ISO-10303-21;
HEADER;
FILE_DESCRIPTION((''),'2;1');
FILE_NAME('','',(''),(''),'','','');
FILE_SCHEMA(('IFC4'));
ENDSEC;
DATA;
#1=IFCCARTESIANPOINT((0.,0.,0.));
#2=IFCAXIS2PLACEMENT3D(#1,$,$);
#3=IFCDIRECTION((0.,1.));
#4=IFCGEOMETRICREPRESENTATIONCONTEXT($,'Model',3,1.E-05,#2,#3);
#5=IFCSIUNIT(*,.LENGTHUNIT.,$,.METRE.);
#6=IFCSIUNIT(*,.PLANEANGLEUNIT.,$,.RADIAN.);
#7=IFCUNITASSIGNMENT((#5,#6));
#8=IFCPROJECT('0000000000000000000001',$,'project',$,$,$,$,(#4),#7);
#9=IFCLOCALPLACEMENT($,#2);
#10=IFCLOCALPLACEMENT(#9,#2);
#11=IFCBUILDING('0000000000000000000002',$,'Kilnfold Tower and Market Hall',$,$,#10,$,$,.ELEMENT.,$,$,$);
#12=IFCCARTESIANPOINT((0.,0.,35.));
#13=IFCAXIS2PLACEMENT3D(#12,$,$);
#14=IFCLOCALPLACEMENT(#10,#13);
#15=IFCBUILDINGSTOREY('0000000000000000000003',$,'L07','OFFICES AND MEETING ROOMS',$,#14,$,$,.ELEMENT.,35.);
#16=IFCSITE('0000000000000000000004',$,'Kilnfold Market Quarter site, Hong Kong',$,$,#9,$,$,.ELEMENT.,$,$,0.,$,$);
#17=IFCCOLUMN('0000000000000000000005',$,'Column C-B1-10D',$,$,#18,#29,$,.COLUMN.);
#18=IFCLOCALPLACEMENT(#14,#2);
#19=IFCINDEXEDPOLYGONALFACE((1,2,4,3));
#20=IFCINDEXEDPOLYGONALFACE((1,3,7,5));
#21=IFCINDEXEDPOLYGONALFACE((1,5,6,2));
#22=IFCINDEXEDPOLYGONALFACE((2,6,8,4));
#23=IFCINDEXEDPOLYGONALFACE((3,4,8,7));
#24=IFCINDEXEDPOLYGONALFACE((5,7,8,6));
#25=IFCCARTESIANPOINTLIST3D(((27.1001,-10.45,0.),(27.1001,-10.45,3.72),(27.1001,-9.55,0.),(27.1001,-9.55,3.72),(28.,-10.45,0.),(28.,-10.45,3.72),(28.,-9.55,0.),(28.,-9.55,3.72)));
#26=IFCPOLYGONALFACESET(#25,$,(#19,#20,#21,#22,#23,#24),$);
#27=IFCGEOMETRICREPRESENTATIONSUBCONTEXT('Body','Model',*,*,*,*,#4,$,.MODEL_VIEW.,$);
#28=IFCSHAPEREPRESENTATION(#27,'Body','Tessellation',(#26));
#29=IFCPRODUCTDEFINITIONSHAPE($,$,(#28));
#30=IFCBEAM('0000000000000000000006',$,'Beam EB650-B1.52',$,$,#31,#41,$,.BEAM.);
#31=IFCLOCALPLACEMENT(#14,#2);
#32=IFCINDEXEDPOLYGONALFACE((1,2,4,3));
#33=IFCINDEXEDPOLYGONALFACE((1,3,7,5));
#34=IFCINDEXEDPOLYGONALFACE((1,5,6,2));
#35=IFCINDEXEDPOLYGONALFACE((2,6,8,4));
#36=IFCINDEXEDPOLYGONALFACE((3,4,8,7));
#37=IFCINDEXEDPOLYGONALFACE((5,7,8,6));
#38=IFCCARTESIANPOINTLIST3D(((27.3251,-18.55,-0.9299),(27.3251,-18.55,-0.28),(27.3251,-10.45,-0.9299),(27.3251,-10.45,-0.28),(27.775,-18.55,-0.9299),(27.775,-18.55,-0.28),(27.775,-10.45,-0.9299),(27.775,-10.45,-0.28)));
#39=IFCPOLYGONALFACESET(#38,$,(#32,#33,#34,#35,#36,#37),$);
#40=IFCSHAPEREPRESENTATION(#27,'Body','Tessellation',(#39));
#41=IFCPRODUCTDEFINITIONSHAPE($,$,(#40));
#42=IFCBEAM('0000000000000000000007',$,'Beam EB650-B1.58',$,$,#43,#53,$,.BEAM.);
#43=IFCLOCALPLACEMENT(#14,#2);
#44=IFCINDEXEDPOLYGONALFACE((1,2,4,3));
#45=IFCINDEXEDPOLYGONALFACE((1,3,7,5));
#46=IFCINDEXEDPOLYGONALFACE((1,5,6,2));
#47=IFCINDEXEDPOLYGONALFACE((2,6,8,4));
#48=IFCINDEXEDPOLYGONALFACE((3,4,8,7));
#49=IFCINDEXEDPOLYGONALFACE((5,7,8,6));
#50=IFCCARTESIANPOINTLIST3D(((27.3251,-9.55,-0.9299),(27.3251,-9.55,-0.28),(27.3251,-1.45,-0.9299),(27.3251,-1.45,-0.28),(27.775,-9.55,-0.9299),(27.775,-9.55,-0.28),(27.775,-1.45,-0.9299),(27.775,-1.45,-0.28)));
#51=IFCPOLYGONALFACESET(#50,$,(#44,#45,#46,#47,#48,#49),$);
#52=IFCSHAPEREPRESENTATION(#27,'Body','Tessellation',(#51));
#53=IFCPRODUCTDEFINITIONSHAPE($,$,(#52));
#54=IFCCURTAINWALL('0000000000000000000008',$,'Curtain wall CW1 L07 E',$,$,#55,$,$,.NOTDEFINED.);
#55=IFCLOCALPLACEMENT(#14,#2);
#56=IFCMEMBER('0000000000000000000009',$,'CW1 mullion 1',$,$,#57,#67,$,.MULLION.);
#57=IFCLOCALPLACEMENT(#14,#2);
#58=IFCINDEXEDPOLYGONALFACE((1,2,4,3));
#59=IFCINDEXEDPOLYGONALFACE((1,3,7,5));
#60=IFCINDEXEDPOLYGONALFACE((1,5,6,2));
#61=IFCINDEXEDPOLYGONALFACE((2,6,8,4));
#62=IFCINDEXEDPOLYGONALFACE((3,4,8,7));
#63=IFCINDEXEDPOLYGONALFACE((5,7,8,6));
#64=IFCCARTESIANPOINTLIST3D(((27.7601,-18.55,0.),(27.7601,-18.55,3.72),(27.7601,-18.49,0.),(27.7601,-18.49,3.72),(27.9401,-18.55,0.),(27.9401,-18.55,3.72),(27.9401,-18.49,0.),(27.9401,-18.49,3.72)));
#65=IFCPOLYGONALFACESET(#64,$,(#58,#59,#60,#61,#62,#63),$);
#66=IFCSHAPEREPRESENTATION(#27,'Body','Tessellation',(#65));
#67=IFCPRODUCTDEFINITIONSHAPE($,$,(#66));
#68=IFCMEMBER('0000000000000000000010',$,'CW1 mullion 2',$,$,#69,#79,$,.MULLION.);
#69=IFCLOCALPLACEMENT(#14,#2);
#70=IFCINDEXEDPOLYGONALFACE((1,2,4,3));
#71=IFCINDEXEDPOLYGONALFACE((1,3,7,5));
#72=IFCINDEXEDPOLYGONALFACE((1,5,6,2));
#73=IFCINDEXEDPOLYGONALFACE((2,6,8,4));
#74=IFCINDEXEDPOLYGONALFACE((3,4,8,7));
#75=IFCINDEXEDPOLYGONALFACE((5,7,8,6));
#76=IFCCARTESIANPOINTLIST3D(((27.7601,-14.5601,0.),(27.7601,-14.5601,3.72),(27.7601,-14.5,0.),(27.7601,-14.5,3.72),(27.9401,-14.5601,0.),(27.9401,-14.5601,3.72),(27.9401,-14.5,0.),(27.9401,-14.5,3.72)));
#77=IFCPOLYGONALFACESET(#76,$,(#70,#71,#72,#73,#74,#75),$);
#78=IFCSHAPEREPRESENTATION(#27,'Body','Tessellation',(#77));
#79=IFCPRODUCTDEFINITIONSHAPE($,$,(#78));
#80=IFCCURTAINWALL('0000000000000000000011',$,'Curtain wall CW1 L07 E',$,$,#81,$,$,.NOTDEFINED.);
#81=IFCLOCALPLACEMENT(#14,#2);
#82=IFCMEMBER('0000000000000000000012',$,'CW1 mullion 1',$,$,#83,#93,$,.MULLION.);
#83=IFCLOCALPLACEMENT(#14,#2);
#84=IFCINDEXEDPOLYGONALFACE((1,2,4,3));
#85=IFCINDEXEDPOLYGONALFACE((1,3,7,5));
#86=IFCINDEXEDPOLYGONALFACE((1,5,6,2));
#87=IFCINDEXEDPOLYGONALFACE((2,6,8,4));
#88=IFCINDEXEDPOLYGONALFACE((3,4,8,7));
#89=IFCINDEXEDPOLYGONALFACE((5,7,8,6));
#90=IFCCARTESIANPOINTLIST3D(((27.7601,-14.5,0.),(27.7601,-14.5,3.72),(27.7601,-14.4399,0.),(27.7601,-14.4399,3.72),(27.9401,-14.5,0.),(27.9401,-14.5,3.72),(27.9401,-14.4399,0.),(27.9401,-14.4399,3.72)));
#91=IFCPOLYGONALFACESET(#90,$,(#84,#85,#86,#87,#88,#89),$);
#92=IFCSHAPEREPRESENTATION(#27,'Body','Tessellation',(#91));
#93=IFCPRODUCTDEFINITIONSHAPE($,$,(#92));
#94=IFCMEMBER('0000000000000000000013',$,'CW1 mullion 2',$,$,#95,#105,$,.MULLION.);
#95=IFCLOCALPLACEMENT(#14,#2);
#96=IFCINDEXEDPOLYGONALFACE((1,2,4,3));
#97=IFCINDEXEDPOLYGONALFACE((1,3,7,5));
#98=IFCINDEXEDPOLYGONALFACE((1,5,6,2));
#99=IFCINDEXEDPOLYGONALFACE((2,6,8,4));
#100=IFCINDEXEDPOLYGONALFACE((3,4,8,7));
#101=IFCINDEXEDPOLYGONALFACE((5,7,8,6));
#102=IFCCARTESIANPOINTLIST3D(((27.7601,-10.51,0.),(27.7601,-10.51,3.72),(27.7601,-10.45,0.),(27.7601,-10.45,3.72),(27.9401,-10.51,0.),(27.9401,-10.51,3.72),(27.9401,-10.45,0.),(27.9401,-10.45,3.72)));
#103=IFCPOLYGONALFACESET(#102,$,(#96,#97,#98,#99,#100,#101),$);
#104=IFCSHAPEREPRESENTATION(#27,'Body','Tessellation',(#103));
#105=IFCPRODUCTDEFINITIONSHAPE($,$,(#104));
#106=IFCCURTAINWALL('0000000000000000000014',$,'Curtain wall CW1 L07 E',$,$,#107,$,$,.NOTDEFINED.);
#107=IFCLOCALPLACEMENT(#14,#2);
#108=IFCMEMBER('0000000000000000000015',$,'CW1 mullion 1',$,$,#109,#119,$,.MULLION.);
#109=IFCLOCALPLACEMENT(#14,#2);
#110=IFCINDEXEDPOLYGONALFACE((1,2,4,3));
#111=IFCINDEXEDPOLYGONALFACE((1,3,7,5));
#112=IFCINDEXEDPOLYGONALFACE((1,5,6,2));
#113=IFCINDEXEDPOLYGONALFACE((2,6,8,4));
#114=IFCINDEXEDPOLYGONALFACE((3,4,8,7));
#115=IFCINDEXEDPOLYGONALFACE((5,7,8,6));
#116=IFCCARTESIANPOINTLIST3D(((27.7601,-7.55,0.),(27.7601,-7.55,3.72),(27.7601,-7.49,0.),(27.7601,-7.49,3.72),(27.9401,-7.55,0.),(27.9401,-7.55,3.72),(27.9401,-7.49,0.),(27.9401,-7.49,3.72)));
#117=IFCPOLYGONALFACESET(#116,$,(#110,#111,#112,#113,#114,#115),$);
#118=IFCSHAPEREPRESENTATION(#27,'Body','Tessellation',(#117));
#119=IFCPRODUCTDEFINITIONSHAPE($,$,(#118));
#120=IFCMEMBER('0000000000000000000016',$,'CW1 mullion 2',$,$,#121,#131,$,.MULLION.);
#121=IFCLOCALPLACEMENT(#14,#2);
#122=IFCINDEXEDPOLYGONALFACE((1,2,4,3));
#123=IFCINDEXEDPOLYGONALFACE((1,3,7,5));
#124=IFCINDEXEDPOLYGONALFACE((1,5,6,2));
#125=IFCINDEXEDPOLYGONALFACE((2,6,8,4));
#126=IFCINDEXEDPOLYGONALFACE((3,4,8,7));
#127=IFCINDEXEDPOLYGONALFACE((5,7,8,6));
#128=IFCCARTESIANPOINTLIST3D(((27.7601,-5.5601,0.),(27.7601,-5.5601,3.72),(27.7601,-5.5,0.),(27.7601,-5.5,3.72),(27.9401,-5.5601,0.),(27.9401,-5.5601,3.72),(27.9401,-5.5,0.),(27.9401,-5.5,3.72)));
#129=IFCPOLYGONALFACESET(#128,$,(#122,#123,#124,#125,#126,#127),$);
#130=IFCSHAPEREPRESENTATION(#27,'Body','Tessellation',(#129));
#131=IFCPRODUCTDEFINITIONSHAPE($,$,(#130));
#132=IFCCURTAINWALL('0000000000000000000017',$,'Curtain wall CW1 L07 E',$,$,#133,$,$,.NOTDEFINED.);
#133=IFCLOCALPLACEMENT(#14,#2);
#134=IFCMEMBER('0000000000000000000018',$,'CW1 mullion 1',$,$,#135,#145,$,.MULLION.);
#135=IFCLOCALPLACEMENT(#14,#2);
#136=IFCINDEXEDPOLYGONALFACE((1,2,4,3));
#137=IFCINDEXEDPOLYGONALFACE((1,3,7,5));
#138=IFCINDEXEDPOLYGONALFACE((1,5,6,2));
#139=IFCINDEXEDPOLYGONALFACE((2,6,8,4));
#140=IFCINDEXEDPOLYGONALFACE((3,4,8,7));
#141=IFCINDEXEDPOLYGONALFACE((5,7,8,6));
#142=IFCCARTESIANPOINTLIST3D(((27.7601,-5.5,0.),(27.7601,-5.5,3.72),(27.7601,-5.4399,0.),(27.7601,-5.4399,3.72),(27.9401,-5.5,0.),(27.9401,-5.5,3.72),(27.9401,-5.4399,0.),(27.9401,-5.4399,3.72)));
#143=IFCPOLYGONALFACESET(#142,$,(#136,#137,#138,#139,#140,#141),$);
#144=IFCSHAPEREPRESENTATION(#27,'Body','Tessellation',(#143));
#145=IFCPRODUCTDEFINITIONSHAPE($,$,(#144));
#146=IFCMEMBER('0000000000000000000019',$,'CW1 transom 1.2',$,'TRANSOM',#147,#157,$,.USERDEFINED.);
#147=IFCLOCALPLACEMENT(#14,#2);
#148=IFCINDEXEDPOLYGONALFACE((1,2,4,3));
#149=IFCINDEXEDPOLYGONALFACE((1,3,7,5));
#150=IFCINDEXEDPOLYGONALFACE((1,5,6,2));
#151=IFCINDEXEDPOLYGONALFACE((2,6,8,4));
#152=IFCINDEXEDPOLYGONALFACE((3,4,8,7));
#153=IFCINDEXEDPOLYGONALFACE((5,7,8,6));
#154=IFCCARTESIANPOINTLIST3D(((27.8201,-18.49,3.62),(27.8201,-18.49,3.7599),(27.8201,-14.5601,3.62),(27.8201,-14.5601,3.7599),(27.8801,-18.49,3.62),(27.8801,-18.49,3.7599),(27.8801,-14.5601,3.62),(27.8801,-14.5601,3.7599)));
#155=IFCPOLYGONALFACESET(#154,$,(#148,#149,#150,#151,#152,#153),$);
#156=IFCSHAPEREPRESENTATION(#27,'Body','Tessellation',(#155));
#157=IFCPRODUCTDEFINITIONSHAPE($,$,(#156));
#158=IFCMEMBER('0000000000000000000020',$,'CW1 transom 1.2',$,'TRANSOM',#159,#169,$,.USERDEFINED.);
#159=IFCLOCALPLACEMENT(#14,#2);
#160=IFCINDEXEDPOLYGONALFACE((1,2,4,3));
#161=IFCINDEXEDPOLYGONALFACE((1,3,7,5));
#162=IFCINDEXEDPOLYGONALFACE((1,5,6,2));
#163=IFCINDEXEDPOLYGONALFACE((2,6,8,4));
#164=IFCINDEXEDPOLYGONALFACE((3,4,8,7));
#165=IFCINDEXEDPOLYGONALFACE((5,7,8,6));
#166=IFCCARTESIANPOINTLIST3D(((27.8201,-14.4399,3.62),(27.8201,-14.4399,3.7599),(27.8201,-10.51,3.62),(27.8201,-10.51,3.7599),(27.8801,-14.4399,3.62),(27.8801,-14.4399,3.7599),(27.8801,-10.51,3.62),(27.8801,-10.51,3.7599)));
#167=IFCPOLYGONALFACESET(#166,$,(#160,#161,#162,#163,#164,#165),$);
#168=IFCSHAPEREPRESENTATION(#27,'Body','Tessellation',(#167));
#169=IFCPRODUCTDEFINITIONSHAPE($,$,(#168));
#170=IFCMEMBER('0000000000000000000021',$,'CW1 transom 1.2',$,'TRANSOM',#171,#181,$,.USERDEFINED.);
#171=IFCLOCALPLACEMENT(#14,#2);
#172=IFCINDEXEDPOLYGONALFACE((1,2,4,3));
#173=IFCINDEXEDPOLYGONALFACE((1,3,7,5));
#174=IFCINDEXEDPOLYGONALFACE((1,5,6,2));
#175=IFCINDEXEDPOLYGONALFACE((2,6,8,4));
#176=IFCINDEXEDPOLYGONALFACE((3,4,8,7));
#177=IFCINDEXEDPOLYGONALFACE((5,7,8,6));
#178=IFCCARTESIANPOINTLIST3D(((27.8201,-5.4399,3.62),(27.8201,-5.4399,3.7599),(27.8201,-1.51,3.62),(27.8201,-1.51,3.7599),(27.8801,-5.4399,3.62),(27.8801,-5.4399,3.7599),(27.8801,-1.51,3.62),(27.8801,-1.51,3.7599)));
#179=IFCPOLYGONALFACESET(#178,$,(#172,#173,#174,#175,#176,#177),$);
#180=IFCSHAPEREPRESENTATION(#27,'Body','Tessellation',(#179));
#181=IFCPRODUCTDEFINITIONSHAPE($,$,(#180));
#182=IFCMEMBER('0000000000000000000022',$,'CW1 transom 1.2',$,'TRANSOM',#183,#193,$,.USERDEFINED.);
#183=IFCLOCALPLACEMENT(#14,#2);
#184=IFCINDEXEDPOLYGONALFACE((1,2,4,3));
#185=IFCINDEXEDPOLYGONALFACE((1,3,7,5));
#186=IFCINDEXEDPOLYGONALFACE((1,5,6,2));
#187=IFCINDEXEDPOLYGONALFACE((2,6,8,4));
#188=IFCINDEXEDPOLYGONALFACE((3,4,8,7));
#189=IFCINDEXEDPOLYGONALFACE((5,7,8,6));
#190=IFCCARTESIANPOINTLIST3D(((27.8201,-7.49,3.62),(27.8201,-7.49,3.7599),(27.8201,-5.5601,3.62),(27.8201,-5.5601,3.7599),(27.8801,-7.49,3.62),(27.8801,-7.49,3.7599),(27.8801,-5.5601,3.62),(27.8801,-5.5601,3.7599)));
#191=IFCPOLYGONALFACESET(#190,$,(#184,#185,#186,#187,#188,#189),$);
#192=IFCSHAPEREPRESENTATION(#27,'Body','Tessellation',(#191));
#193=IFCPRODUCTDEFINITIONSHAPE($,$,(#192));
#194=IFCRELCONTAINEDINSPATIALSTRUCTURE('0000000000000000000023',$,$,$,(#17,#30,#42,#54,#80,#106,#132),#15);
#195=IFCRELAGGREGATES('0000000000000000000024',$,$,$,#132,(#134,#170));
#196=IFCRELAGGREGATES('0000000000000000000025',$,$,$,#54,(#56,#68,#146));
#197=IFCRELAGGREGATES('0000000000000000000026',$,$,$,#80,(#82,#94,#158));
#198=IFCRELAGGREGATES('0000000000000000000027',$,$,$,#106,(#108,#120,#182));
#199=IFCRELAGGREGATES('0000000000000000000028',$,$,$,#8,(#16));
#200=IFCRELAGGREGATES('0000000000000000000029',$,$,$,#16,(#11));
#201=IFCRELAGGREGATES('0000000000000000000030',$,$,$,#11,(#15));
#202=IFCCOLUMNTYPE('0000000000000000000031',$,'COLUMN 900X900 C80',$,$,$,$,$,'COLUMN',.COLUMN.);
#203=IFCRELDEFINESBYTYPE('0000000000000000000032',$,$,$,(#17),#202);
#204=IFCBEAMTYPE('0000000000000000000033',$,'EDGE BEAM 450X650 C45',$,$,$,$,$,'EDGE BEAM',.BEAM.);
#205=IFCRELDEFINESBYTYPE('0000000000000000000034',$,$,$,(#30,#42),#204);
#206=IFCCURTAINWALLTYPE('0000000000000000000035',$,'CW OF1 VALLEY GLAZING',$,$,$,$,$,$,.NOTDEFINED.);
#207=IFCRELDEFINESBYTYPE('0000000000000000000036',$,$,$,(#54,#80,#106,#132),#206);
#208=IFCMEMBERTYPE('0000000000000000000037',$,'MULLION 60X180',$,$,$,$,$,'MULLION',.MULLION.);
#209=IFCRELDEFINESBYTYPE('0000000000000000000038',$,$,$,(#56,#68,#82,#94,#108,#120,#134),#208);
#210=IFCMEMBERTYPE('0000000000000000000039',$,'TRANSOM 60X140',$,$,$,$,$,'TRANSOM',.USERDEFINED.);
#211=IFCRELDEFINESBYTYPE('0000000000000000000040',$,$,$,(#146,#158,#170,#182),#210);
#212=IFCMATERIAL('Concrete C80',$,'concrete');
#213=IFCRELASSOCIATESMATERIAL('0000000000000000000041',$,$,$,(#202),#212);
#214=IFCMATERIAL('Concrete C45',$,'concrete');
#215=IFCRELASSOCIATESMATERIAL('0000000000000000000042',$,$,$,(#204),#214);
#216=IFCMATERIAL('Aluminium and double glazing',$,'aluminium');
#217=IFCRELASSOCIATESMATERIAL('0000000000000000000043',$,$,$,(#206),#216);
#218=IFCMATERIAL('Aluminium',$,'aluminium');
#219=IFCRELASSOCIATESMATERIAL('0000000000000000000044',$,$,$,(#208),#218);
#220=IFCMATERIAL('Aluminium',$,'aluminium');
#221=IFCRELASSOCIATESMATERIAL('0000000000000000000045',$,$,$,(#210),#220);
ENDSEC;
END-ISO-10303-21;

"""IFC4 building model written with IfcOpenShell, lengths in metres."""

from ifc_helpers import new_model, si_unit, direction, frame, origin, origin_2d, place, context, subcontext, project, spatial, rectangle, extrude, source, transform, mapped, material, material_profile, profile_set, type_object, element, aggregate, save


model = new_model("IFC4")

# Units and contexts
model_context = context("Model", 3, precision=1e-05, world=origin(), true_north=direction((0.0, 1.0)))
body_context = subcontext(model_context, "Body", "Model", "MODEL_VIEW")
ifc_project = project(units=[si_unit("LENGTHUNIT", "METRE"), si_unit("PLANEANGLEUNIT", "RADIAN")], contexts=[model_context])

# Site, building, storey
site_placement = place(None, origin())
site = spatial("IfcSite", under=ifc_project, at=site_placement, Name="Kilnfold Market Quarter site, Hong Kong", CompositionType="ELEMENT", RefElevation=0.0)
building_placement = place(site_placement, origin())
building = spatial("IfcBuilding", under=site, at=building_placement, Name="Kilnfold Tower and Market Hall", CompositionType="ELEMENT")
storey_placement = place(building_placement, frame((0.0, 0.0, 35.0)))
storey = spatial("IfcBuildingStorey", under=building, at=storey_placement, Name="L07", Description="OFFICES AND MEETING ROOMS", CompositionType="ELEMENT", Elevation=35.0)

# Column
ifc_material_1 = material(Name="Concrete C80", Category="concrete")
ifc_material_profile_1 = material_profile(ifc_material_1, rectangle(XDim=0.8999, YDim=0.8999, at=origin_2d()), Name="RC 900x900")
ifc_profile_set_1 = profile_set([ifc_material_profile_1], Name="Concrete C80")
column_type = type_object("IfcColumnType", Name="COLUMN 900X900 C80", ElementType="COLUMN", PredefinedType="COLUMN", material=ifc_profile_set_1)
shared_shape_1 = source(origin(), body_context, "Body", "SweptSolid", [
    extrude(rectangle(XDim=0.8999, YDim=0.8999, at=origin_2d()), origin(), (0.0, 0.0, 1.0), 3.72),
])
column_placement = place(storey_placement, frame((27.55, -10.0, 0.0), z_axis=(0.0, 0.0, 1.0), x_axis=(1.0, 0.0, 0.0)))
element("IfcColumn", 1, at=column_placement, inside=storey, type_object=column_type, Name="Column C-B1-10D", PredefinedType="COLUMN", context=body_context, shape_type="MappedRepresentation", body=[
    mapped(shared_shape_1, transform((0.0, 0.0, 0.0))),
])

# Beams
ifc_material_2 = material(Name="Concrete C45", Category="concrete")
ifc_material_profile_2 = material_profile(ifc_material_2, rectangle(XDim=0.45, YDim=0.6499, at=origin_2d()), Name="RC 450x650")
ifc_profile_set_2 = profile_set([ifc_material_profile_2], Name="Concrete C45")
beam_type = type_object("IfcBeamType", Name="EDGE BEAM 450X650 C45", ElementType="EDGE BEAM", PredefinedType="BEAM", material=ifc_profile_set_2)
shared_shape_2 = source(origin(), body_context, "Body", "SweptSolid", [
    extrude(rectangle(XDim=0.45, YDim=0.6499, at=origin_2d()), origin(), (0.0, 0.0, 1.0), 8.1001),
])
for number, where, z_axis, x_axis, name in (
    (2, (27.55, -18.55, -0.605), (0.0, 1.0, 0.0), (-1.0, 0.0, 0.0), "Beam EB650-B1.52"),
    (3, (27.55, -9.55, -0.605), (0.0, 1.0, 0.0), (-1.0, 0.0, 0.0), "Beam EB650-B1.58"),
):
    element("IfcBeam", number, at=place(storey_placement, frame(where, z_axis=z_axis, x_axis=x_axis)), inside=storey, type_object=beam_type, Name=name, PredefinedType="BEAM", context=body_context, shape_type="MappedRepresentation", body=[
        mapped(shared_shape_2, transform((0.0, 0.0, 0.0))),
    ])

# Curtain walls, members
ifc_material_3 = material(Name="Aluminium and double glazing", Category="aluminium")
curtain_wall_type = type_object("IfcCurtainWallType", Name="CW OF1 VALLEY GLAZING", PredefinedType="NOTDEFINED", material=ifc_material_3)
curtain_wall_1_placement = place(storey_placement, origin())
curtain_wall_1 = element("IfcCurtainWall", 4, at=curtain_wall_1_placement, inside=storey, type_object=curtain_wall_type, Name="Curtain wall CW1 L07 E", PredefinedType="NOTDEFINED")
ifc_material_4 = material(Name="Aluminium", Category="aluminium")
ifc_material_profile_3 = material_profile(ifc_material_4, rectangle(XDim=0.0601, YDim=0.1799, at=origin_2d()), Name="MULLION 60x180")
ifc_profile_set_3 = profile_set([ifc_material_profile_3], Name="Aluminium")
member_type_1 = type_object("IfcMemberType", Name="MULLION 60X180", ElementType="MULLION", PredefinedType="MULLION", material=ifc_profile_set_3)
shared_shape_3 = source(origin(), body_context, "Body", "SweptSolid", [
    extrude(rectangle(XDim=0.0601, YDim=0.1799, at=origin_2d()), origin(), (0.0, 0.0, 1.0), 3.72),
])
member_1_placement = place(storey_placement, frame((27.8501, -18.52, 0.0), z_axis=(0.0, 0.0, 1.0), x_axis=(0.0, 1.0, 0.0)))
member_1 = element("IfcMember", 5, at=member_1_placement, type_object=member_type_1, Name="CW1 mullion 1", PredefinedType="MULLION", context=body_context, shape_type="MappedRepresentation", body=[
    mapped(shared_shape_3, transform((0.0, 0.0, 0.0))),
])
member_2_placement = place(storey_placement, frame((27.8501, -14.53, 0.0), z_axis=(0.0, 0.0, 1.0), x_axis=(0.0, 1.0, 0.0)))
member_2 = element("IfcMember", 6, at=member_2_placement, type_object=member_type_1, Name="CW1 mullion 2", PredefinedType="MULLION", context=body_context, shape_type="MappedRepresentation", body=[
    mapped(shared_shape_3, transform((0.0, 0.0, 0.0))),
])
curtain_wall_2_placement = place(storey_placement, origin())
curtain_wall_2 = element("IfcCurtainWall", 7, at=curtain_wall_2_placement, inside=storey, type_object=curtain_wall_type, Name="Curtain wall CW1 L07 E", PredefinedType="NOTDEFINED")
member_3_placement = place(storey_placement, frame((27.8501, -14.47, 0.0), z_axis=(0.0, 0.0, 1.0), x_axis=(0.0, 1.0, 0.0)))
member_3 = element("IfcMember", 8, at=member_3_placement, type_object=member_type_1, Name="CW1 mullion 1", PredefinedType="MULLION", context=body_context, shape_type="MappedRepresentation", body=[
    mapped(shared_shape_3, transform((0.0, 0.0, 0.0))),
])
member_4_placement = place(storey_placement, frame((27.8501, -10.48, 0.0), z_axis=(0.0, 0.0, 1.0), x_axis=(0.0, 1.0, 0.0)))
member_4 = element("IfcMember", 9, at=member_4_placement, type_object=member_type_1, Name="CW1 mullion 2", PredefinedType="MULLION", context=body_context, shape_type="MappedRepresentation", body=[
    mapped(shared_shape_3, transform((0.0, 0.0, 0.0))),
])
curtain_wall_3_placement = place(storey_placement, origin())
curtain_wall_3 = element("IfcCurtainWall", 10, at=curtain_wall_3_placement, inside=storey, type_object=curtain_wall_type, Name="Curtain wall CW1 L07 E", PredefinedType="NOTDEFINED")
member_5_placement = place(storey_placement, frame((27.8501, -7.52, 0.0), z_axis=(0.0, 0.0, 1.0), x_axis=(0.0, 1.0, 0.0)))
member_5 = element("IfcMember", 11, at=member_5_placement, type_object=member_type_1, Name="CW1 mullion 1", PredefinedType="MULLION", context=body_context, shape_type="MappedRepresentation", body=[
    mapped(shared_shape_3, transform((0.0, 0.0, 0.0))),
])
member_6_placement = place(storey_placement, frame((27.8501, -5.53, 0.0), z_axis=(0.0, 0.0, 1.0), x_axis=(0.0, 1.0, 0.0)))
member_6 = element("IfcMember", 12, at=member_6_placement, type_object=member_type_1, Name="CW1 mullion 2", PredefinedType="MULLION", context=body_context, shape_type="MappedRepresentation", body=[
    mapped(shared_shape_3, transform((0.0, 0.0, 0.0))),
])

# Curtain wall, member
curtain_wall_4_placement = place(storey_placement, origin())
curtain_wall_4 = element("IfcCurtainWall", 13, at=curtain_wall_4_placement, inside=storey, type_object=curtain_wall_type, Name="Curtain wall CW1 L07 E", PredefinedType="NOTDEFINED")
member_7_placement = place(storey_placement, frame((27.8501, -5.47, 0.0), z_axis=(0.0, 0.0, 1.0), x_axis=(0.0, 1.0, 0.0)))
member_7 = element("IfcMember", 14, at=member_7_placement, type_object=member_type_1, Name="CW1 mullion 1", PredefinedType="MULLION", context=body_context, shape_type="MappedRepresentation", body=[
    mapped(shared_shape_3, transform((0.0, 0.0, 0.0))),
])

# Members
ifc_material_5 = material(Name="Aluminium", Category="aluminium")
ifc_material_profile_4 = material_profile(ifc_material_5, rectangle(XDim=0.0601, YDim=0.1399, at=origin_2d()), Name="TRANSOM 60x140")
ifc_profile_set_4 = profile_set([ifc_material_profile_4], Name="Aluminium")
member_type_2 = type_object("IfcMemberType", Name="TRANSOM 60X140", ElementType="TRANSOM", PredefinedType="USERDEFINED", material=ifc_profile_set_4)
shared_shape_4 = source(origin(), body_context, "Body", "SweptSolid", [
    extrude(rectangle(XDim=0.0601, YDim=0.1399, at=origin_2d()), origin(), (0.0, 0.0, 1.0), 3.9299),
])
member_8_placement = place(storey_placement, frame((27.8501, -18.49, 3.6899), z_axis=(0.0, 1.0, 0.0), x_axis=(-1.0, 0.0, 0.0)))
member_8 = element("IfcMember", 15, at=member_8_placement, type_object=member_type_2, Name="CW1 transom 1.2", ObjectType="TRANSOM", PredefinedType="USERDEFINED", context=body_context, shape_type="MappedRepresentation", body=[
    mapped(shared_shape_4, transform((0.0, 0.0, 0.0))),
])
member_9_placement = place(storey_placement, frame((27.8501, -14.4399, 3.6899), z_axis=(0.0, 1.0, 0.0), x_axis=(-1.0, 0.0, 0.0)))
member_9 = element("IfcMember", 16, at=member_9_placement, type_object=member_type_2, Name="CW1 transom 1.2", ObjectType="TRANSOM", PredefinedType="USERDEFINED", context=body_context, shape_type="MappedRepresentation", body=[
    mapped(shared_shape_4, transform((0.0, 0.0, 0.0))),
])
member_10_placement = place(storey_placement, frame((27.8501, -5.4399, 3.6899), z_axis=(0.0, 1.0, 0.0), x_axis=(-1.0, 0.0, 0.0)))
member_10 = element("IfcMember", 17, at=member_10_placement, type_object=member_type_2, Name="CW1 transom 1.2", ObjectType="TRANSOM", PredefinedType="USERDEFINED", context=body_context, shape_type="MappedRepresentation", body=[
    mapped(shared_shape_4, transform((0.0, 0.0, 0.0))),
])
aggregate(curtain_wall_4, [member_7, member_10])
shared_shape_5 = source(origin(), body_context, "Body", "SweptSolid", [
    extrude(rectangle(XDim=0.0601, YDim=0.1399, at=origin_2d()), origin(), (0.0, 0.0, 1.0), 1.9299),
])
member_11_placement = place(storey_placement, frame((27.8501, -7.49, 3.6899), z_axis=(0.0, 1.0, 0.0), x_axis=(-1.0, 0.0, 0.0)))
member_11 = element("IfcMember", 18, at=member_11_placement, type_object=member_type_2, Name="CW1 transom 1.2", ObjectType="TRANSOM", PredefinedType="USERDEFINED", context=body_context, shape_type="MappedRepresentation", body=[
    mapped(shared_shape_5, transform((0.0, 0.0, 0.0))),
])

aggregate(curtain_wall_1, [member_1, member_2, member_8])
aggregate(curtain_wall_2, [member_3, member_4, member_9])
aggregate(curtain_wall_3, [member_5, member_6, member_11])

save(model, "model.ifc")
